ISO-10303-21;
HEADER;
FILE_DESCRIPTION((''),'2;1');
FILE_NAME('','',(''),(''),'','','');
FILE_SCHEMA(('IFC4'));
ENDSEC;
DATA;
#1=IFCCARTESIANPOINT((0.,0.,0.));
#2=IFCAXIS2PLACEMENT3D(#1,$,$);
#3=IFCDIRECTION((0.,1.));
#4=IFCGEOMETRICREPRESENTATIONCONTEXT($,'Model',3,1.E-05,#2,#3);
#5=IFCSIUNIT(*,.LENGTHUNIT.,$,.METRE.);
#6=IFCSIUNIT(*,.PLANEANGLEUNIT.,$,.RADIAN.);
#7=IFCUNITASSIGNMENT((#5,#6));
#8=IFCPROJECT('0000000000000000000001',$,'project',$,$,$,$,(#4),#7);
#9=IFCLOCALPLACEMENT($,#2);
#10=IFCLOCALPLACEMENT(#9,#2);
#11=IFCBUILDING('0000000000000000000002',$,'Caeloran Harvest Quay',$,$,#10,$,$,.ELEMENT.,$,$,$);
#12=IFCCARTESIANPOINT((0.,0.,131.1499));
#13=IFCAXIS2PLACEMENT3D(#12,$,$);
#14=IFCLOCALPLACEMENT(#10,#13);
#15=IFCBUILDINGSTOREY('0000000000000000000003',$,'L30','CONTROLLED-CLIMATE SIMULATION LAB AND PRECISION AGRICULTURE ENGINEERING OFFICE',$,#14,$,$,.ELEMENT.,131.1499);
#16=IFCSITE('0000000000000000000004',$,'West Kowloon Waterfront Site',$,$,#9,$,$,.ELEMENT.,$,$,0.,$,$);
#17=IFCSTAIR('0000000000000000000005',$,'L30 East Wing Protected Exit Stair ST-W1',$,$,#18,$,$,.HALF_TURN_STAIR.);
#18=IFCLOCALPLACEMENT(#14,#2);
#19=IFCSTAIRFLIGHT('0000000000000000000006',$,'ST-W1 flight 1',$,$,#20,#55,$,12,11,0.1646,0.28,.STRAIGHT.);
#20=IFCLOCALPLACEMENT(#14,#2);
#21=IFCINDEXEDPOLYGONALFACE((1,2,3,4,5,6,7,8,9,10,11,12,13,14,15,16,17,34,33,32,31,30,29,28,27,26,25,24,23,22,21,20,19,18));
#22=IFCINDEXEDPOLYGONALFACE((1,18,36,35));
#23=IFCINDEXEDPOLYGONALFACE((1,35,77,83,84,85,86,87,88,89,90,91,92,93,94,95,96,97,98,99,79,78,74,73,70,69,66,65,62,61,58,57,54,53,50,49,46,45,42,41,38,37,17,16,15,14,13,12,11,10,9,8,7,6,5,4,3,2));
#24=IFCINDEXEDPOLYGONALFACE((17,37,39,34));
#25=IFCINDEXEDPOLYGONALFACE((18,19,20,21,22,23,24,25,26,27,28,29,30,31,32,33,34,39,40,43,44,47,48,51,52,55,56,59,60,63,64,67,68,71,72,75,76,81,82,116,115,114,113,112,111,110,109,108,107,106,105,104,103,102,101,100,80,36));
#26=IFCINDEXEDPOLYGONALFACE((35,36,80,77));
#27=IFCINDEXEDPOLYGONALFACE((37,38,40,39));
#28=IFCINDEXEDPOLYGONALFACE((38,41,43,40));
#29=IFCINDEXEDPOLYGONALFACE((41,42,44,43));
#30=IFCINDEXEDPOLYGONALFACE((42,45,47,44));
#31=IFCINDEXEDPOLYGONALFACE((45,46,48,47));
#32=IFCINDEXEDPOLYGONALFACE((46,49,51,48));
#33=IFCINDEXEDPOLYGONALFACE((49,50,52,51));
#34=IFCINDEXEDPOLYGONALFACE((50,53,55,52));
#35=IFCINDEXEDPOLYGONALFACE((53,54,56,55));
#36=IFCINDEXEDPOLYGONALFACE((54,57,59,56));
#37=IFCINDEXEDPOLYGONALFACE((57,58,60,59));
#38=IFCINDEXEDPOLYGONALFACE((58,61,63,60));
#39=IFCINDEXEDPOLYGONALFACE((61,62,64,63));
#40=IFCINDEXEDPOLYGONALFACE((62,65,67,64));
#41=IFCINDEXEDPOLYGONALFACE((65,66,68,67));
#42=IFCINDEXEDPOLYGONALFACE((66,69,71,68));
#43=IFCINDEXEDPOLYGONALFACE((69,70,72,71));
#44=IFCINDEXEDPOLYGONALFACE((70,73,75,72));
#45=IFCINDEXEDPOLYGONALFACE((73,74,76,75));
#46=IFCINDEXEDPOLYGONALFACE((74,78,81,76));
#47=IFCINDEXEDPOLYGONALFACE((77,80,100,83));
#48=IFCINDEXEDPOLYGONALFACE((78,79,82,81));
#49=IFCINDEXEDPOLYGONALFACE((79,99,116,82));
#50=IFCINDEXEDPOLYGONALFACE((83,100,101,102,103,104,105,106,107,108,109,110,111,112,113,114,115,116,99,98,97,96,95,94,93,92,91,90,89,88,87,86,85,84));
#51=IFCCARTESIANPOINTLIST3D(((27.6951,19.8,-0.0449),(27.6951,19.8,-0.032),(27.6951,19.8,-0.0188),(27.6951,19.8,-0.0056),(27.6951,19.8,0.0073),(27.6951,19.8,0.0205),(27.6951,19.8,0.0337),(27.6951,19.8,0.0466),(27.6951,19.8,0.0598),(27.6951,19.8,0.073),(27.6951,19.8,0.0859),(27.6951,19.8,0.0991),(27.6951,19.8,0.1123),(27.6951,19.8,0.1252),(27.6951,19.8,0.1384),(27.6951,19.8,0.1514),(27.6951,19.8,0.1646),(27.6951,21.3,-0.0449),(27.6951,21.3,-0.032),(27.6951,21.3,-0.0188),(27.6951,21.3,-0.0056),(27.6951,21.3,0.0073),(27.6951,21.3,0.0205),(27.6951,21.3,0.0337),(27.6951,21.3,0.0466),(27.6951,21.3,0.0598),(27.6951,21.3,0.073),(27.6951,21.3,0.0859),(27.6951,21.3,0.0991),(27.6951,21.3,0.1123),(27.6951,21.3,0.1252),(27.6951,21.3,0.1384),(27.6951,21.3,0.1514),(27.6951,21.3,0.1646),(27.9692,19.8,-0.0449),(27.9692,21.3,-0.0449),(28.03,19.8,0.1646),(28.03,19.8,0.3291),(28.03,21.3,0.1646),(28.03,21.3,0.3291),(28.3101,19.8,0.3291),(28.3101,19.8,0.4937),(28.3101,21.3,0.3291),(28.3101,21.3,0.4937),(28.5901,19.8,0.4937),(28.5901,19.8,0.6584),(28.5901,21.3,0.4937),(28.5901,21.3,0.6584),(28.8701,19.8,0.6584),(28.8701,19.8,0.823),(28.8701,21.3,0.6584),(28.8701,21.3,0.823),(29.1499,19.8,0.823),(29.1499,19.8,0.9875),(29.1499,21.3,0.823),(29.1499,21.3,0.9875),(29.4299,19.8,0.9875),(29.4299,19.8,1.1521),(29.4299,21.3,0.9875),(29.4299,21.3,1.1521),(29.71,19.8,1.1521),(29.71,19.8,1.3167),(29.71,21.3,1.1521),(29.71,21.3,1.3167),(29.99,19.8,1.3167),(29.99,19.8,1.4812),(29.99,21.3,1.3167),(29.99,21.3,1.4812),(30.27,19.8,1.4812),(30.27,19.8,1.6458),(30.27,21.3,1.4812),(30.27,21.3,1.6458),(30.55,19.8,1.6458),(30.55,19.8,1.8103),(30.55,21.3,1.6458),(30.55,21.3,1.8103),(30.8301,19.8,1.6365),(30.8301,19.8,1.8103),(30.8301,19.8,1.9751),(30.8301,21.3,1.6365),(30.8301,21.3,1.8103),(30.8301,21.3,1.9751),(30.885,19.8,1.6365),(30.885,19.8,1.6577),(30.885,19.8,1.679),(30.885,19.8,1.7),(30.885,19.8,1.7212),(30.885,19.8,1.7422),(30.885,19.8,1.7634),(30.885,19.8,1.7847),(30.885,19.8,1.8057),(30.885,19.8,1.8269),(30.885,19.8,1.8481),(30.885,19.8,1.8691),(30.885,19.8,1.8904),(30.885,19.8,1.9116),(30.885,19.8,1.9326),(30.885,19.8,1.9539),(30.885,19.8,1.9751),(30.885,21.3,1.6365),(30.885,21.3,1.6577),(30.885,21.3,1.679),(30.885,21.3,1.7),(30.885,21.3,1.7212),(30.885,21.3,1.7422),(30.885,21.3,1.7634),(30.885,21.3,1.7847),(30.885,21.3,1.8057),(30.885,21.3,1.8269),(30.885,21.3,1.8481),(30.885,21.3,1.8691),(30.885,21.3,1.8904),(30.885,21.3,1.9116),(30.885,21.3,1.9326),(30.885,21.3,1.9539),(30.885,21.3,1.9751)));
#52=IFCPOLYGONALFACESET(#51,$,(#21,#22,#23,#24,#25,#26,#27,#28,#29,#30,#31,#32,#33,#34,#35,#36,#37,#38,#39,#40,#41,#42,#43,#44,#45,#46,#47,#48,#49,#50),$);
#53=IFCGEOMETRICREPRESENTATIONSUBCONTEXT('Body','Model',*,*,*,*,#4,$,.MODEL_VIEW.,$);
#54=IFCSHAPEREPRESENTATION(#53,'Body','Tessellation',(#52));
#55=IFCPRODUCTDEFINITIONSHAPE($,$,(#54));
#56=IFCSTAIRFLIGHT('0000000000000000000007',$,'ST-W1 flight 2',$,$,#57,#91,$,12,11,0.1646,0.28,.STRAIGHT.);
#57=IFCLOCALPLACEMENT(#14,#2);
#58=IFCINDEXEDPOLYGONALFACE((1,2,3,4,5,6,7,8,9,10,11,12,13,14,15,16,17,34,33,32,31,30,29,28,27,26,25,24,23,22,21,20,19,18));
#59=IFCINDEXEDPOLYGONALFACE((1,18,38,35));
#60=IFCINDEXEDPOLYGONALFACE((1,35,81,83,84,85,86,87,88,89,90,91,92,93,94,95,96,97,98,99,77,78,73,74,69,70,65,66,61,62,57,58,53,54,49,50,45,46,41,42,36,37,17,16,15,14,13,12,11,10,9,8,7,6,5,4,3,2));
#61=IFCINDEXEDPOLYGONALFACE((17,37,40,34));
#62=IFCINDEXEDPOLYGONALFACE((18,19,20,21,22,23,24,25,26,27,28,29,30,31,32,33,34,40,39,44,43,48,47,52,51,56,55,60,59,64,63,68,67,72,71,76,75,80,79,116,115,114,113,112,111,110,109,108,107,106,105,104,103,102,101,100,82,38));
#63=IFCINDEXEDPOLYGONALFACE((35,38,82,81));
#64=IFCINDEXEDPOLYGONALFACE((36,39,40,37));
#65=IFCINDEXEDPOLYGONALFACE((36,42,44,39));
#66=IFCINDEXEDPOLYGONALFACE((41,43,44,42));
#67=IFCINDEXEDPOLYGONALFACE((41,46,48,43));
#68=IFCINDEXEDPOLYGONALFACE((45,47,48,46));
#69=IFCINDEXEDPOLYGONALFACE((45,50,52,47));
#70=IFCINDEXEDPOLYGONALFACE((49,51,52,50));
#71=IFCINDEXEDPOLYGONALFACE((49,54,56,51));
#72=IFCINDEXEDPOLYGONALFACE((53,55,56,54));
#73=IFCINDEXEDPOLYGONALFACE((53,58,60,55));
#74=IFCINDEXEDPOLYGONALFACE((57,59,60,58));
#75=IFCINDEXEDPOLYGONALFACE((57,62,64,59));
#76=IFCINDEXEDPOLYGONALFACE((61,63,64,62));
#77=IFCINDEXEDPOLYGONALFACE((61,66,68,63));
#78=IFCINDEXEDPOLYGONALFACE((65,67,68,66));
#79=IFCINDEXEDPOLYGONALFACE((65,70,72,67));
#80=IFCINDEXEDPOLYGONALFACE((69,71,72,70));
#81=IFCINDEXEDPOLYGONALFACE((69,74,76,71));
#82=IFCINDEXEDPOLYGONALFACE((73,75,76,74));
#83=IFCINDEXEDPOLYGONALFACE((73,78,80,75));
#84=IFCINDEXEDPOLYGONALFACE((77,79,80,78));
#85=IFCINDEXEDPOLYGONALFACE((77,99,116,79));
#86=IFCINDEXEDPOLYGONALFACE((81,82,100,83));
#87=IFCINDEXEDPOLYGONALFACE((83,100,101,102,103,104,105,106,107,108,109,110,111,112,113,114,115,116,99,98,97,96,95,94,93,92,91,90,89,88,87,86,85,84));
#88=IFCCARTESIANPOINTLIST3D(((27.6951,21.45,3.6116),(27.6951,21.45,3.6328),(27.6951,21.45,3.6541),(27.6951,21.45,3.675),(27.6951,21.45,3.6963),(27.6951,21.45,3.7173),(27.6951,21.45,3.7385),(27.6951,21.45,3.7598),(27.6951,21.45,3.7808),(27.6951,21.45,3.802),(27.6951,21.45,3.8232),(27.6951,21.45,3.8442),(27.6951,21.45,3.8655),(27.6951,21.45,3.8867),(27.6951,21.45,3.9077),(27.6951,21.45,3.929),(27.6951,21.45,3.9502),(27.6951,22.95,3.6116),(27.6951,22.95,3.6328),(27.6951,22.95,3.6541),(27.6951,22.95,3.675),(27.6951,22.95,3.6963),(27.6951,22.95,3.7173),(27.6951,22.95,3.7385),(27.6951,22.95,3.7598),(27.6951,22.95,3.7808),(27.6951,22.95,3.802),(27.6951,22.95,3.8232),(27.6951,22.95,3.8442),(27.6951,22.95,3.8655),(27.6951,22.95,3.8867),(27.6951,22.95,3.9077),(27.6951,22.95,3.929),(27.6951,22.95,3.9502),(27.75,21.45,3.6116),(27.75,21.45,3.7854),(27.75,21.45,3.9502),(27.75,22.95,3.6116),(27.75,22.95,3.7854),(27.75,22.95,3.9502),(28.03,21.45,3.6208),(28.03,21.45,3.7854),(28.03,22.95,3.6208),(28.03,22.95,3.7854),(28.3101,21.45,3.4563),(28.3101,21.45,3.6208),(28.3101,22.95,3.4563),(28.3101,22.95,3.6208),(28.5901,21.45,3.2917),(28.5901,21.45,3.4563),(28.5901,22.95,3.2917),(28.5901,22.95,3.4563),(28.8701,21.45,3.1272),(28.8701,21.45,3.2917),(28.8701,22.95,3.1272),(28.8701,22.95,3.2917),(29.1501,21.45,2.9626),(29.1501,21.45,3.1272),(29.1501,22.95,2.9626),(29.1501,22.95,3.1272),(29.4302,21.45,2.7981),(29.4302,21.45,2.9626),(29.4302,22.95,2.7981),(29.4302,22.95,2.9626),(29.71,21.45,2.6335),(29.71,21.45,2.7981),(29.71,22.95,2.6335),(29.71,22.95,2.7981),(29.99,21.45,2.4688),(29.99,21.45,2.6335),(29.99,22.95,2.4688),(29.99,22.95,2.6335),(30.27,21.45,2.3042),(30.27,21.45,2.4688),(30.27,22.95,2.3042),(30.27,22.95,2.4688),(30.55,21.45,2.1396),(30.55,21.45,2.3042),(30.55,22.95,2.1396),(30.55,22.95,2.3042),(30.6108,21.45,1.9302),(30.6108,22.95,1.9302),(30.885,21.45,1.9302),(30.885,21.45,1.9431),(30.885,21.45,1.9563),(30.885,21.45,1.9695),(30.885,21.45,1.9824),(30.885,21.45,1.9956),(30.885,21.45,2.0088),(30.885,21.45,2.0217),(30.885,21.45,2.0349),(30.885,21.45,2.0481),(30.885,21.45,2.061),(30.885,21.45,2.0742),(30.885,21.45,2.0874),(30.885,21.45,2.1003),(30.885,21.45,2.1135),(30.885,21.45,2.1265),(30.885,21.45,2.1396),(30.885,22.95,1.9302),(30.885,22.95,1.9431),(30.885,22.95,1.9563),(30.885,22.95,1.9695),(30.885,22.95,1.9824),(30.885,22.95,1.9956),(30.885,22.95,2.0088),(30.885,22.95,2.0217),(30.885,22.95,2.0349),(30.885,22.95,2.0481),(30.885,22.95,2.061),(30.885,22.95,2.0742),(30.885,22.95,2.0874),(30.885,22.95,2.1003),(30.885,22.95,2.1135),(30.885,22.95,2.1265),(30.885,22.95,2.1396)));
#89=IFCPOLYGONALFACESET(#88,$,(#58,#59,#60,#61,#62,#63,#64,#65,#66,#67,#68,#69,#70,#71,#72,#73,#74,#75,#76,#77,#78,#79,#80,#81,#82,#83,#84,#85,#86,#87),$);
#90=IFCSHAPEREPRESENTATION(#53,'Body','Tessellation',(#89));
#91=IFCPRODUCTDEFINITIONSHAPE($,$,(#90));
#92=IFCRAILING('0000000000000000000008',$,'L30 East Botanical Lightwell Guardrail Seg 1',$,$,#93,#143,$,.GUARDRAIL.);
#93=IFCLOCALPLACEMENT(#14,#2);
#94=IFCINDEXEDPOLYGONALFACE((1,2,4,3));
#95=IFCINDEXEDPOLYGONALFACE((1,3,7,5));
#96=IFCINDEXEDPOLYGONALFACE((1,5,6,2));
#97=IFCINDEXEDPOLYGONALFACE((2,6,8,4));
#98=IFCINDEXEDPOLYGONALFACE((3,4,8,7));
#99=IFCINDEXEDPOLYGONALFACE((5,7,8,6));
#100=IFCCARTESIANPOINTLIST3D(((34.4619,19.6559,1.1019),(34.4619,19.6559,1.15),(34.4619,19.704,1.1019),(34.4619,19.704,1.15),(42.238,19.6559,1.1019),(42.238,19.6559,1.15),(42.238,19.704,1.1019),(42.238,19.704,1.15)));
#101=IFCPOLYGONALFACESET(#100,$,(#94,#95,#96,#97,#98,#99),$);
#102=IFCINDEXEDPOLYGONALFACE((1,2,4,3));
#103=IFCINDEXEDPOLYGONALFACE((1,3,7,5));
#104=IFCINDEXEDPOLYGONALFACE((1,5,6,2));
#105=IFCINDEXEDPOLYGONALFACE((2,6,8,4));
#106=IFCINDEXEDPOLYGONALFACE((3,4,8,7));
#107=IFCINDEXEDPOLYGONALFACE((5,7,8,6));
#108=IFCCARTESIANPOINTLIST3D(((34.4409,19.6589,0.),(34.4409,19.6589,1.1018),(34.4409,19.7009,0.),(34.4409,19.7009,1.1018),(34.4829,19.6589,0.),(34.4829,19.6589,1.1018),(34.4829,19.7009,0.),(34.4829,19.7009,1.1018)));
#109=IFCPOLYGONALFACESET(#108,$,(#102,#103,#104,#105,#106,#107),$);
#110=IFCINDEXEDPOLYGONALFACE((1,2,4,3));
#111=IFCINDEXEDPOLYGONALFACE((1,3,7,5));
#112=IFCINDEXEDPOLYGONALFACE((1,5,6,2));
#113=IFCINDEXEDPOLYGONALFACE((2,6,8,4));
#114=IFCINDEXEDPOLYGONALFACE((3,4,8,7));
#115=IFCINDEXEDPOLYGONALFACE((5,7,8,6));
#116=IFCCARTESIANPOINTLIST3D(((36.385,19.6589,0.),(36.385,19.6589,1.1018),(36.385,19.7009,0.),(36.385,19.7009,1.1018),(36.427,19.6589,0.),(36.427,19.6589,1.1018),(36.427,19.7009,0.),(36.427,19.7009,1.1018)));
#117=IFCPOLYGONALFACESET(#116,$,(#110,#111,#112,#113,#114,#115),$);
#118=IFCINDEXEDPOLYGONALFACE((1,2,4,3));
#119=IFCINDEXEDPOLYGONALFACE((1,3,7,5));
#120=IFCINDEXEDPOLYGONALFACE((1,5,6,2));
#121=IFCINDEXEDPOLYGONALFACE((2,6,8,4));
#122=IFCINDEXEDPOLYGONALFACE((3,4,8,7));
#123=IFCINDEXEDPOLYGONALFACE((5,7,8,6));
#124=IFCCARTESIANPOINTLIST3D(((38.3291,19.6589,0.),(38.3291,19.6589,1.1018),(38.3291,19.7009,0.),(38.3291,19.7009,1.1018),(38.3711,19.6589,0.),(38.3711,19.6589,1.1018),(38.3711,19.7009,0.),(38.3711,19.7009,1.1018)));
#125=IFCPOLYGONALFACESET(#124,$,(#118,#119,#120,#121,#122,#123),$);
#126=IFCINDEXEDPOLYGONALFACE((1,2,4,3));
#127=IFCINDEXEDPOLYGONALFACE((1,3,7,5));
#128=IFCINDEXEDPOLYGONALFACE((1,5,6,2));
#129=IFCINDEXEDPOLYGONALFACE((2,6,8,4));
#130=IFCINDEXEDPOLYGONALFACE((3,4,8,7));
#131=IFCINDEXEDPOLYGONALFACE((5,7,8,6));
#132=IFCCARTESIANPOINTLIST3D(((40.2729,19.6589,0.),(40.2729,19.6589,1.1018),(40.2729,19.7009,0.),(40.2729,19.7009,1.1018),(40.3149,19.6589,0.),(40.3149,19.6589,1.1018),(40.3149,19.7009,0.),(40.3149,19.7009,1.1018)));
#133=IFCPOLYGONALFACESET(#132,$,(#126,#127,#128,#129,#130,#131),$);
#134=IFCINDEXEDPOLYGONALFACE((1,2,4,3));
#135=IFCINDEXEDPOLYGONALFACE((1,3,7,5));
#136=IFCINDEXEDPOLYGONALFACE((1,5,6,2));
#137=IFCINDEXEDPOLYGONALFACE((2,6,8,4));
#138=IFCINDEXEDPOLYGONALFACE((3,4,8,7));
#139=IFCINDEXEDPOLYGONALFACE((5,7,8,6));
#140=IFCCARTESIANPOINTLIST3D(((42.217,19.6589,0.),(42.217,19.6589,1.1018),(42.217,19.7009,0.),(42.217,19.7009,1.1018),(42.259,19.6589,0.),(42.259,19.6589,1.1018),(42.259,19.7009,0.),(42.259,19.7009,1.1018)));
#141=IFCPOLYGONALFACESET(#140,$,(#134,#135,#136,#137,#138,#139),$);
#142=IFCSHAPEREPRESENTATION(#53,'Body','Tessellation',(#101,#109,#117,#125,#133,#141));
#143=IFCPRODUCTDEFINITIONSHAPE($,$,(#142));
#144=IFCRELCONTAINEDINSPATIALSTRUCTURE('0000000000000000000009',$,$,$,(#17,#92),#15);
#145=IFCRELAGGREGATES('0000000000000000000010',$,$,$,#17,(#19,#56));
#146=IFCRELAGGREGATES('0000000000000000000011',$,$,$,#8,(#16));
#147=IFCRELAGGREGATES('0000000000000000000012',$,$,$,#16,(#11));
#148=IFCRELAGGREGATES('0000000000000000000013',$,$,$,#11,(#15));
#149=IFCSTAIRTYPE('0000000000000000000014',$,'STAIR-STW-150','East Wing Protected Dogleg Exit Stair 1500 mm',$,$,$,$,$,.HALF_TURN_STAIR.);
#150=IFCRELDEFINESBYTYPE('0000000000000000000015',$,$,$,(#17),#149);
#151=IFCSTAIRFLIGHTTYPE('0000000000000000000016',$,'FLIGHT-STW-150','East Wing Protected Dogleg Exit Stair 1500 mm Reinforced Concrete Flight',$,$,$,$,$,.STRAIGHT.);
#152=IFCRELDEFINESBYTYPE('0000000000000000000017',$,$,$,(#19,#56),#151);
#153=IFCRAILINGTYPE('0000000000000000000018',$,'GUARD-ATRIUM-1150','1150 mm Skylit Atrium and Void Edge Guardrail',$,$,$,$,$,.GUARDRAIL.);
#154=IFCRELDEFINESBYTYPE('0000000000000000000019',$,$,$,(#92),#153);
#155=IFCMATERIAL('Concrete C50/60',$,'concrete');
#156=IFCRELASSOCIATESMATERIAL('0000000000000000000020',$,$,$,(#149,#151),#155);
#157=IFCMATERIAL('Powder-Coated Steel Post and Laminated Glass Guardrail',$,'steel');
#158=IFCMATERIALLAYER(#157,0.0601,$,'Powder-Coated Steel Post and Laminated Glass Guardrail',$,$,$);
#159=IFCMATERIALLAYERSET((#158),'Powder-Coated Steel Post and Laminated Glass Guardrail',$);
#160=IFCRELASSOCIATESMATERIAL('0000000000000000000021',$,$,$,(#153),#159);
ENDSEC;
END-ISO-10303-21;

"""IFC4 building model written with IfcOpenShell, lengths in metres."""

from ifc_helpers import new_model, si_unit, direction, frame, origin, origin_2d, place, context, subcontext, project, spatial, polyline, rectangle, outline, extrude, material, layer, layer_set, type_object, element, aggregate, save


model = new_model("IFC4")

# Units and contexts
model_context = context("Model", 3, precision=1e-05, world=origin(), true_north=direction((0.0, 1.0)))
body_context = subcontext(model_context, "Body", "Model", "MODEL_VIEW")
ifc_project = project(units=[si_unit("LENGTHUNIT", "METRE"), si_unit("PLANEANGLEUNIT", "RADIAN")], contexts=[model_context])

# Site, building, storey
site_placement = place(None, origin())
site = spatial("IfcSite", under=ifc_project, at=site_placement, Name="West Kowloon Waterfront Site", CompositionType="ELEMENT", RefElevation=0.0)
building_placement = place(site_placement, origin())
building = spatial("IfcBuilding", under=site, at=building_placement, Name="Caeloran Harvest Quay", CompositionType="ELEMENT")
storey_placement = place(building_placement, frame((0.0, 0.0, 131.1499)))
storey = spatial("IfcBuildingStorey", under=building, at=storey_placement, Name="L30", Description="CONTROLLED-CLIMATE SIMULATION LAB AND PRECISION AGRICULTURE ENGINEERING OFFICE", CompositionType="ELEMENT", Elevation=131.1499)

# Stair, stair flights
ifc_material_1 = material(Name="Concrete C50/60", Category="concrete")
stair_type = type_object("IfcStairType", Name="STAIR-STW-150", Description="East Wing Protected Dogleg Exit Stair 1500 mm", PredefinedType="HALF_TURN_STAIR", material=ifc_material_1)
stair_placement = place(storey_placement, origin())
stair = element("IfcStair", 1, at=stair_placement, inside=storey, type_object=stair_type, Name="L30 East Wing Protected Exit Stair ST-W1", PredefinedType="HALF_TURN_STAIR")
stair_flight_type = type_object("IfcStairFlightType", Name="FLIGHT-STW-150", Description="East Wing Protected Dogleg Exit Stair 1500 mm Reinforced Concrete Flight", PredefinedType="STRAIGHT", material=ifc_material_1)
stair_flight_1_placement = place(storey_placement, frame((27.75, 20.55, 0.0), z_axis=(0.0, 0.0, 1.0), x_axis=(1.0, 0.0, 0.0)))
stair_flight_1 = element("IfcStairFlight", 2, at=stair_flight_1_placement, type_object=stair_flight_type, Name="ST-W1 flight 1", NumberOfRisers=12, NumberOfTreads=11, PredefinedType="STRAIGHT", RiserHeight=0.1646, TreadLength=0.28, context=body_context, shape_type="SweptSolid", body=[
    extrude(outline(polyline([(-0.0549, -0.0449), (-0.0549, -0.032), (-0.0549, -0.0188), (-0.0549, -0.0056), (-0.0549, 0.0073), (-0.0549, 0.0205), (-0.0549, 0.0337), (-0.0549, 0.0466), (-0.0549, 0.0598), (-0.0549, 0.073), (-0.0549, 0.0859), (-0.0549, 0.0991), (-0.0549, 0.1123), (-0.0549, 0.1252), (-0.0549, 0.1384), (-0.0549, 0.1514), (-0.0549, 0.1646), (0.28, 0.1646), (0.28, 0.3291), (0.5601, 0.3291), (0.5601, 0.4937), (0.8401, 0.4937), (0.8401, 0.6584), (1.1201, 0.6584), (1.1201, 0.823), (1.3999, 0.823), (1.3999, 0.9875), (1.6799, 0.9875), (1.6799, 1.1521), (1.96, 1.1521), (1.96, 1.3167), (2.24, 1.3167), (2.24, 1.4812), (2.52, 1.4812), (2.52, 1.6458), (2.8, 1.6458), (2.8, 1.8103), (3.0801, 1.8103), (3.0801, 1.9751), (3.135, 1.9751), (3.135, 1.9539), (3.135, 1.9326), (3.135, 1.9116), (3.135, 1.8904), (3.135, 1.8691), (3.135, 1.8481), (3.135, 1.8269), (3.135, 1.8057), (3.135, 1.7847), (3.135, 1.7634), (3.135, 1.7422), (3.135, 1.7212), (3.135, 1.7), (3.135, 1.679), (3.135, 1.6577), (3.135, 1.6365), (3.0801, 1.6365), (0.2192, -0.0449), (-0.0549, -0.0449)])), frame((0.0, 0.75, 0.0), z_axis=(0.0, -1.0, 0.0), x_axis=(1.0, 0.0, 0.0)), (0.0, 0.0, 1.0), 1.5),
])
stair_flight_2_placement = place(storey_placement, frame((30.8301, 22.2, 1.9751), z_axis=(0.0, 0.0, 1.0), x_axis=(-1.0, 0.0, 0.0)))
stair_flight_2 = element("IfcStairFlight", 3, at=stair_flight_2_placement, type_object=stair_flight_type, Name="ST-W1 flight 2", NumberOfRisers=12, NumberOfTreads=11, PredefinedType="STRAIGHT", RiserHeight=0.1646, TreadLength=0.28, context=body_context, shape_type="SweptSolid", body=[
    extrude(outline(polyline([(-0.0549, -0.0449), (-0.0549, -0.032), (-0.0549, -0.0188), (-0.0549, -0.0056), (-0.0549, 0.0073), (-0.0549, 0.0205), (-0.0549, 0.0337), (-0.0549, 0.0466), (-0.0549, 0.0598), (-0.0549, 0.073), (-0.0549, 0.0859), (-0.0549, 0.0991), (-0.0549, 0.1123), (-0.0549, 0.1252), (-0.0549, 0.1384), (-0.0549, 0.1514), (-0.0549, 0.1646), (0.28, 0.1646), (0.28, 0.3291), (0.5601, 0.3291), (0.5601, 0.4937), (0.8401, 0.4937), (0.8401, 0.6584), (1.1201, 0.6584), (1.1201, 0.823), (1.3999, 0.823), (1.3999, 0.9875), (1.6799, 0.9875), (1.6799, 1.1521), (1.96, 1.1521), (1.96, 1.3167), (2.24, 1.3167), (2.24, 1.4812), (2.52, 1.4812), (2.52, 1.6458), (2.8, 1.6458), (2.8, 1.8103), (3.0801, 1.8103), (3.0801, 1.9751), (3.135, 1.9751), (3.135, 1.9539), (3.135, 1.9326), (3.135, 1.9116), (3.135, 1.8904), (3.135, 1.8691), (3.135, 1.8481), (3.135, 1.8269), (3.135, 1.8057), (3.135, 1.7847), (3.135, 1.7634), (3.135, 1.7422), (3.135, 1.7212), (3.135, 1.7), (3.135, 1.679), (3.135, 1.6577), (3.135, 1.6365), (3.0801, 1.6365), (0.2192, -0.0449), (-0.0549, -0.0449)])), frame((0.0, 0.75, 0.0), z_axis=(0.0, -1.0, 0.0), x_axis=(1.0, 0.0, 0.0)), (0.0, 0.0, 1.0), 1.5),
])
aggregate(stair, [stair_flight_1, stair_flight_2])

# Railing
ifc_material_2 = material(Name="Powder-Coated Steel Post and Laminated Glass Guardrail", Category="steel")
ifc_layer_1 = layer(ifc_material_2, 0.0601, Name="Powder-Coated Steel Post and Laminated Glass Guardrail")
ifc_layer_set_1 = layer_set([ifc_layer_1], Name="Powder-Coated Steel Post and Laminated Glass Guardrail")
railing_type_1 = type_object("IfcRailingType", Name="GUARD-ATRIUM-1150", Description="1150 mm Skylit Atrium and Void Edge Guardrail", PredefinedType="GUARDRAIL", material=ifc_layer_set_1)
railing_1_placement = place(storey_placement, frame((34.4619, 19.6799, 0.0)))
element("IfcRailing", 4, at=railing_1_placement, inside=storey, type_object=railing_type_1, Name="L30 East Botanical Lightwell Guardrail Seg 1", PredefinedType="GUARDRAIL", context=body_context, shape_type="SweptSolid", body=[
    extrude(rectangle(XDim=0.0481, YDim=0.0481, at=origin_2d()), frame((0.0, 0.0, 1.126), z_axis=(1.0, 0.0, 0.0), x_axis=(0.0, 1.0, 0.0)), (0.0, 0.0, 1.0), 7.7761),
    extrude(rectangle(XDim=0.042, YDim=0.042, at=origin_2d()), origin(), (0.0, 0.0, 1.0), 1.1018),
    extrude(rectangle(XDim=0.042, YDim=0.042, at=origin_2d()), frame((1.9441, 0.0, 0.0)), (0.0, 0.0, 1.0), 1.1018),
    extrude(rectangle(XDim=0.042, YDim=0.042, at=origin_2d()), frame((3.8882, 0.0, 0.0)), (0.0, 0.0, 1.0), 1.1018),
    extrude(rectangle(XDim=0.042, YDim=0.042, at=origin_2d()), frame((5.832, 0.0, 0.0)), (0.0, 0.0, 1.0), 1.1018),
    extrude(rectangle(XDim=0.042, YDim=0.042, at=origin_2d()), frame((7.7761, 0.0, 0.0)), (0.0, 0.0, 1.0), 1.1018),
])

save(model, "model.ifc")
